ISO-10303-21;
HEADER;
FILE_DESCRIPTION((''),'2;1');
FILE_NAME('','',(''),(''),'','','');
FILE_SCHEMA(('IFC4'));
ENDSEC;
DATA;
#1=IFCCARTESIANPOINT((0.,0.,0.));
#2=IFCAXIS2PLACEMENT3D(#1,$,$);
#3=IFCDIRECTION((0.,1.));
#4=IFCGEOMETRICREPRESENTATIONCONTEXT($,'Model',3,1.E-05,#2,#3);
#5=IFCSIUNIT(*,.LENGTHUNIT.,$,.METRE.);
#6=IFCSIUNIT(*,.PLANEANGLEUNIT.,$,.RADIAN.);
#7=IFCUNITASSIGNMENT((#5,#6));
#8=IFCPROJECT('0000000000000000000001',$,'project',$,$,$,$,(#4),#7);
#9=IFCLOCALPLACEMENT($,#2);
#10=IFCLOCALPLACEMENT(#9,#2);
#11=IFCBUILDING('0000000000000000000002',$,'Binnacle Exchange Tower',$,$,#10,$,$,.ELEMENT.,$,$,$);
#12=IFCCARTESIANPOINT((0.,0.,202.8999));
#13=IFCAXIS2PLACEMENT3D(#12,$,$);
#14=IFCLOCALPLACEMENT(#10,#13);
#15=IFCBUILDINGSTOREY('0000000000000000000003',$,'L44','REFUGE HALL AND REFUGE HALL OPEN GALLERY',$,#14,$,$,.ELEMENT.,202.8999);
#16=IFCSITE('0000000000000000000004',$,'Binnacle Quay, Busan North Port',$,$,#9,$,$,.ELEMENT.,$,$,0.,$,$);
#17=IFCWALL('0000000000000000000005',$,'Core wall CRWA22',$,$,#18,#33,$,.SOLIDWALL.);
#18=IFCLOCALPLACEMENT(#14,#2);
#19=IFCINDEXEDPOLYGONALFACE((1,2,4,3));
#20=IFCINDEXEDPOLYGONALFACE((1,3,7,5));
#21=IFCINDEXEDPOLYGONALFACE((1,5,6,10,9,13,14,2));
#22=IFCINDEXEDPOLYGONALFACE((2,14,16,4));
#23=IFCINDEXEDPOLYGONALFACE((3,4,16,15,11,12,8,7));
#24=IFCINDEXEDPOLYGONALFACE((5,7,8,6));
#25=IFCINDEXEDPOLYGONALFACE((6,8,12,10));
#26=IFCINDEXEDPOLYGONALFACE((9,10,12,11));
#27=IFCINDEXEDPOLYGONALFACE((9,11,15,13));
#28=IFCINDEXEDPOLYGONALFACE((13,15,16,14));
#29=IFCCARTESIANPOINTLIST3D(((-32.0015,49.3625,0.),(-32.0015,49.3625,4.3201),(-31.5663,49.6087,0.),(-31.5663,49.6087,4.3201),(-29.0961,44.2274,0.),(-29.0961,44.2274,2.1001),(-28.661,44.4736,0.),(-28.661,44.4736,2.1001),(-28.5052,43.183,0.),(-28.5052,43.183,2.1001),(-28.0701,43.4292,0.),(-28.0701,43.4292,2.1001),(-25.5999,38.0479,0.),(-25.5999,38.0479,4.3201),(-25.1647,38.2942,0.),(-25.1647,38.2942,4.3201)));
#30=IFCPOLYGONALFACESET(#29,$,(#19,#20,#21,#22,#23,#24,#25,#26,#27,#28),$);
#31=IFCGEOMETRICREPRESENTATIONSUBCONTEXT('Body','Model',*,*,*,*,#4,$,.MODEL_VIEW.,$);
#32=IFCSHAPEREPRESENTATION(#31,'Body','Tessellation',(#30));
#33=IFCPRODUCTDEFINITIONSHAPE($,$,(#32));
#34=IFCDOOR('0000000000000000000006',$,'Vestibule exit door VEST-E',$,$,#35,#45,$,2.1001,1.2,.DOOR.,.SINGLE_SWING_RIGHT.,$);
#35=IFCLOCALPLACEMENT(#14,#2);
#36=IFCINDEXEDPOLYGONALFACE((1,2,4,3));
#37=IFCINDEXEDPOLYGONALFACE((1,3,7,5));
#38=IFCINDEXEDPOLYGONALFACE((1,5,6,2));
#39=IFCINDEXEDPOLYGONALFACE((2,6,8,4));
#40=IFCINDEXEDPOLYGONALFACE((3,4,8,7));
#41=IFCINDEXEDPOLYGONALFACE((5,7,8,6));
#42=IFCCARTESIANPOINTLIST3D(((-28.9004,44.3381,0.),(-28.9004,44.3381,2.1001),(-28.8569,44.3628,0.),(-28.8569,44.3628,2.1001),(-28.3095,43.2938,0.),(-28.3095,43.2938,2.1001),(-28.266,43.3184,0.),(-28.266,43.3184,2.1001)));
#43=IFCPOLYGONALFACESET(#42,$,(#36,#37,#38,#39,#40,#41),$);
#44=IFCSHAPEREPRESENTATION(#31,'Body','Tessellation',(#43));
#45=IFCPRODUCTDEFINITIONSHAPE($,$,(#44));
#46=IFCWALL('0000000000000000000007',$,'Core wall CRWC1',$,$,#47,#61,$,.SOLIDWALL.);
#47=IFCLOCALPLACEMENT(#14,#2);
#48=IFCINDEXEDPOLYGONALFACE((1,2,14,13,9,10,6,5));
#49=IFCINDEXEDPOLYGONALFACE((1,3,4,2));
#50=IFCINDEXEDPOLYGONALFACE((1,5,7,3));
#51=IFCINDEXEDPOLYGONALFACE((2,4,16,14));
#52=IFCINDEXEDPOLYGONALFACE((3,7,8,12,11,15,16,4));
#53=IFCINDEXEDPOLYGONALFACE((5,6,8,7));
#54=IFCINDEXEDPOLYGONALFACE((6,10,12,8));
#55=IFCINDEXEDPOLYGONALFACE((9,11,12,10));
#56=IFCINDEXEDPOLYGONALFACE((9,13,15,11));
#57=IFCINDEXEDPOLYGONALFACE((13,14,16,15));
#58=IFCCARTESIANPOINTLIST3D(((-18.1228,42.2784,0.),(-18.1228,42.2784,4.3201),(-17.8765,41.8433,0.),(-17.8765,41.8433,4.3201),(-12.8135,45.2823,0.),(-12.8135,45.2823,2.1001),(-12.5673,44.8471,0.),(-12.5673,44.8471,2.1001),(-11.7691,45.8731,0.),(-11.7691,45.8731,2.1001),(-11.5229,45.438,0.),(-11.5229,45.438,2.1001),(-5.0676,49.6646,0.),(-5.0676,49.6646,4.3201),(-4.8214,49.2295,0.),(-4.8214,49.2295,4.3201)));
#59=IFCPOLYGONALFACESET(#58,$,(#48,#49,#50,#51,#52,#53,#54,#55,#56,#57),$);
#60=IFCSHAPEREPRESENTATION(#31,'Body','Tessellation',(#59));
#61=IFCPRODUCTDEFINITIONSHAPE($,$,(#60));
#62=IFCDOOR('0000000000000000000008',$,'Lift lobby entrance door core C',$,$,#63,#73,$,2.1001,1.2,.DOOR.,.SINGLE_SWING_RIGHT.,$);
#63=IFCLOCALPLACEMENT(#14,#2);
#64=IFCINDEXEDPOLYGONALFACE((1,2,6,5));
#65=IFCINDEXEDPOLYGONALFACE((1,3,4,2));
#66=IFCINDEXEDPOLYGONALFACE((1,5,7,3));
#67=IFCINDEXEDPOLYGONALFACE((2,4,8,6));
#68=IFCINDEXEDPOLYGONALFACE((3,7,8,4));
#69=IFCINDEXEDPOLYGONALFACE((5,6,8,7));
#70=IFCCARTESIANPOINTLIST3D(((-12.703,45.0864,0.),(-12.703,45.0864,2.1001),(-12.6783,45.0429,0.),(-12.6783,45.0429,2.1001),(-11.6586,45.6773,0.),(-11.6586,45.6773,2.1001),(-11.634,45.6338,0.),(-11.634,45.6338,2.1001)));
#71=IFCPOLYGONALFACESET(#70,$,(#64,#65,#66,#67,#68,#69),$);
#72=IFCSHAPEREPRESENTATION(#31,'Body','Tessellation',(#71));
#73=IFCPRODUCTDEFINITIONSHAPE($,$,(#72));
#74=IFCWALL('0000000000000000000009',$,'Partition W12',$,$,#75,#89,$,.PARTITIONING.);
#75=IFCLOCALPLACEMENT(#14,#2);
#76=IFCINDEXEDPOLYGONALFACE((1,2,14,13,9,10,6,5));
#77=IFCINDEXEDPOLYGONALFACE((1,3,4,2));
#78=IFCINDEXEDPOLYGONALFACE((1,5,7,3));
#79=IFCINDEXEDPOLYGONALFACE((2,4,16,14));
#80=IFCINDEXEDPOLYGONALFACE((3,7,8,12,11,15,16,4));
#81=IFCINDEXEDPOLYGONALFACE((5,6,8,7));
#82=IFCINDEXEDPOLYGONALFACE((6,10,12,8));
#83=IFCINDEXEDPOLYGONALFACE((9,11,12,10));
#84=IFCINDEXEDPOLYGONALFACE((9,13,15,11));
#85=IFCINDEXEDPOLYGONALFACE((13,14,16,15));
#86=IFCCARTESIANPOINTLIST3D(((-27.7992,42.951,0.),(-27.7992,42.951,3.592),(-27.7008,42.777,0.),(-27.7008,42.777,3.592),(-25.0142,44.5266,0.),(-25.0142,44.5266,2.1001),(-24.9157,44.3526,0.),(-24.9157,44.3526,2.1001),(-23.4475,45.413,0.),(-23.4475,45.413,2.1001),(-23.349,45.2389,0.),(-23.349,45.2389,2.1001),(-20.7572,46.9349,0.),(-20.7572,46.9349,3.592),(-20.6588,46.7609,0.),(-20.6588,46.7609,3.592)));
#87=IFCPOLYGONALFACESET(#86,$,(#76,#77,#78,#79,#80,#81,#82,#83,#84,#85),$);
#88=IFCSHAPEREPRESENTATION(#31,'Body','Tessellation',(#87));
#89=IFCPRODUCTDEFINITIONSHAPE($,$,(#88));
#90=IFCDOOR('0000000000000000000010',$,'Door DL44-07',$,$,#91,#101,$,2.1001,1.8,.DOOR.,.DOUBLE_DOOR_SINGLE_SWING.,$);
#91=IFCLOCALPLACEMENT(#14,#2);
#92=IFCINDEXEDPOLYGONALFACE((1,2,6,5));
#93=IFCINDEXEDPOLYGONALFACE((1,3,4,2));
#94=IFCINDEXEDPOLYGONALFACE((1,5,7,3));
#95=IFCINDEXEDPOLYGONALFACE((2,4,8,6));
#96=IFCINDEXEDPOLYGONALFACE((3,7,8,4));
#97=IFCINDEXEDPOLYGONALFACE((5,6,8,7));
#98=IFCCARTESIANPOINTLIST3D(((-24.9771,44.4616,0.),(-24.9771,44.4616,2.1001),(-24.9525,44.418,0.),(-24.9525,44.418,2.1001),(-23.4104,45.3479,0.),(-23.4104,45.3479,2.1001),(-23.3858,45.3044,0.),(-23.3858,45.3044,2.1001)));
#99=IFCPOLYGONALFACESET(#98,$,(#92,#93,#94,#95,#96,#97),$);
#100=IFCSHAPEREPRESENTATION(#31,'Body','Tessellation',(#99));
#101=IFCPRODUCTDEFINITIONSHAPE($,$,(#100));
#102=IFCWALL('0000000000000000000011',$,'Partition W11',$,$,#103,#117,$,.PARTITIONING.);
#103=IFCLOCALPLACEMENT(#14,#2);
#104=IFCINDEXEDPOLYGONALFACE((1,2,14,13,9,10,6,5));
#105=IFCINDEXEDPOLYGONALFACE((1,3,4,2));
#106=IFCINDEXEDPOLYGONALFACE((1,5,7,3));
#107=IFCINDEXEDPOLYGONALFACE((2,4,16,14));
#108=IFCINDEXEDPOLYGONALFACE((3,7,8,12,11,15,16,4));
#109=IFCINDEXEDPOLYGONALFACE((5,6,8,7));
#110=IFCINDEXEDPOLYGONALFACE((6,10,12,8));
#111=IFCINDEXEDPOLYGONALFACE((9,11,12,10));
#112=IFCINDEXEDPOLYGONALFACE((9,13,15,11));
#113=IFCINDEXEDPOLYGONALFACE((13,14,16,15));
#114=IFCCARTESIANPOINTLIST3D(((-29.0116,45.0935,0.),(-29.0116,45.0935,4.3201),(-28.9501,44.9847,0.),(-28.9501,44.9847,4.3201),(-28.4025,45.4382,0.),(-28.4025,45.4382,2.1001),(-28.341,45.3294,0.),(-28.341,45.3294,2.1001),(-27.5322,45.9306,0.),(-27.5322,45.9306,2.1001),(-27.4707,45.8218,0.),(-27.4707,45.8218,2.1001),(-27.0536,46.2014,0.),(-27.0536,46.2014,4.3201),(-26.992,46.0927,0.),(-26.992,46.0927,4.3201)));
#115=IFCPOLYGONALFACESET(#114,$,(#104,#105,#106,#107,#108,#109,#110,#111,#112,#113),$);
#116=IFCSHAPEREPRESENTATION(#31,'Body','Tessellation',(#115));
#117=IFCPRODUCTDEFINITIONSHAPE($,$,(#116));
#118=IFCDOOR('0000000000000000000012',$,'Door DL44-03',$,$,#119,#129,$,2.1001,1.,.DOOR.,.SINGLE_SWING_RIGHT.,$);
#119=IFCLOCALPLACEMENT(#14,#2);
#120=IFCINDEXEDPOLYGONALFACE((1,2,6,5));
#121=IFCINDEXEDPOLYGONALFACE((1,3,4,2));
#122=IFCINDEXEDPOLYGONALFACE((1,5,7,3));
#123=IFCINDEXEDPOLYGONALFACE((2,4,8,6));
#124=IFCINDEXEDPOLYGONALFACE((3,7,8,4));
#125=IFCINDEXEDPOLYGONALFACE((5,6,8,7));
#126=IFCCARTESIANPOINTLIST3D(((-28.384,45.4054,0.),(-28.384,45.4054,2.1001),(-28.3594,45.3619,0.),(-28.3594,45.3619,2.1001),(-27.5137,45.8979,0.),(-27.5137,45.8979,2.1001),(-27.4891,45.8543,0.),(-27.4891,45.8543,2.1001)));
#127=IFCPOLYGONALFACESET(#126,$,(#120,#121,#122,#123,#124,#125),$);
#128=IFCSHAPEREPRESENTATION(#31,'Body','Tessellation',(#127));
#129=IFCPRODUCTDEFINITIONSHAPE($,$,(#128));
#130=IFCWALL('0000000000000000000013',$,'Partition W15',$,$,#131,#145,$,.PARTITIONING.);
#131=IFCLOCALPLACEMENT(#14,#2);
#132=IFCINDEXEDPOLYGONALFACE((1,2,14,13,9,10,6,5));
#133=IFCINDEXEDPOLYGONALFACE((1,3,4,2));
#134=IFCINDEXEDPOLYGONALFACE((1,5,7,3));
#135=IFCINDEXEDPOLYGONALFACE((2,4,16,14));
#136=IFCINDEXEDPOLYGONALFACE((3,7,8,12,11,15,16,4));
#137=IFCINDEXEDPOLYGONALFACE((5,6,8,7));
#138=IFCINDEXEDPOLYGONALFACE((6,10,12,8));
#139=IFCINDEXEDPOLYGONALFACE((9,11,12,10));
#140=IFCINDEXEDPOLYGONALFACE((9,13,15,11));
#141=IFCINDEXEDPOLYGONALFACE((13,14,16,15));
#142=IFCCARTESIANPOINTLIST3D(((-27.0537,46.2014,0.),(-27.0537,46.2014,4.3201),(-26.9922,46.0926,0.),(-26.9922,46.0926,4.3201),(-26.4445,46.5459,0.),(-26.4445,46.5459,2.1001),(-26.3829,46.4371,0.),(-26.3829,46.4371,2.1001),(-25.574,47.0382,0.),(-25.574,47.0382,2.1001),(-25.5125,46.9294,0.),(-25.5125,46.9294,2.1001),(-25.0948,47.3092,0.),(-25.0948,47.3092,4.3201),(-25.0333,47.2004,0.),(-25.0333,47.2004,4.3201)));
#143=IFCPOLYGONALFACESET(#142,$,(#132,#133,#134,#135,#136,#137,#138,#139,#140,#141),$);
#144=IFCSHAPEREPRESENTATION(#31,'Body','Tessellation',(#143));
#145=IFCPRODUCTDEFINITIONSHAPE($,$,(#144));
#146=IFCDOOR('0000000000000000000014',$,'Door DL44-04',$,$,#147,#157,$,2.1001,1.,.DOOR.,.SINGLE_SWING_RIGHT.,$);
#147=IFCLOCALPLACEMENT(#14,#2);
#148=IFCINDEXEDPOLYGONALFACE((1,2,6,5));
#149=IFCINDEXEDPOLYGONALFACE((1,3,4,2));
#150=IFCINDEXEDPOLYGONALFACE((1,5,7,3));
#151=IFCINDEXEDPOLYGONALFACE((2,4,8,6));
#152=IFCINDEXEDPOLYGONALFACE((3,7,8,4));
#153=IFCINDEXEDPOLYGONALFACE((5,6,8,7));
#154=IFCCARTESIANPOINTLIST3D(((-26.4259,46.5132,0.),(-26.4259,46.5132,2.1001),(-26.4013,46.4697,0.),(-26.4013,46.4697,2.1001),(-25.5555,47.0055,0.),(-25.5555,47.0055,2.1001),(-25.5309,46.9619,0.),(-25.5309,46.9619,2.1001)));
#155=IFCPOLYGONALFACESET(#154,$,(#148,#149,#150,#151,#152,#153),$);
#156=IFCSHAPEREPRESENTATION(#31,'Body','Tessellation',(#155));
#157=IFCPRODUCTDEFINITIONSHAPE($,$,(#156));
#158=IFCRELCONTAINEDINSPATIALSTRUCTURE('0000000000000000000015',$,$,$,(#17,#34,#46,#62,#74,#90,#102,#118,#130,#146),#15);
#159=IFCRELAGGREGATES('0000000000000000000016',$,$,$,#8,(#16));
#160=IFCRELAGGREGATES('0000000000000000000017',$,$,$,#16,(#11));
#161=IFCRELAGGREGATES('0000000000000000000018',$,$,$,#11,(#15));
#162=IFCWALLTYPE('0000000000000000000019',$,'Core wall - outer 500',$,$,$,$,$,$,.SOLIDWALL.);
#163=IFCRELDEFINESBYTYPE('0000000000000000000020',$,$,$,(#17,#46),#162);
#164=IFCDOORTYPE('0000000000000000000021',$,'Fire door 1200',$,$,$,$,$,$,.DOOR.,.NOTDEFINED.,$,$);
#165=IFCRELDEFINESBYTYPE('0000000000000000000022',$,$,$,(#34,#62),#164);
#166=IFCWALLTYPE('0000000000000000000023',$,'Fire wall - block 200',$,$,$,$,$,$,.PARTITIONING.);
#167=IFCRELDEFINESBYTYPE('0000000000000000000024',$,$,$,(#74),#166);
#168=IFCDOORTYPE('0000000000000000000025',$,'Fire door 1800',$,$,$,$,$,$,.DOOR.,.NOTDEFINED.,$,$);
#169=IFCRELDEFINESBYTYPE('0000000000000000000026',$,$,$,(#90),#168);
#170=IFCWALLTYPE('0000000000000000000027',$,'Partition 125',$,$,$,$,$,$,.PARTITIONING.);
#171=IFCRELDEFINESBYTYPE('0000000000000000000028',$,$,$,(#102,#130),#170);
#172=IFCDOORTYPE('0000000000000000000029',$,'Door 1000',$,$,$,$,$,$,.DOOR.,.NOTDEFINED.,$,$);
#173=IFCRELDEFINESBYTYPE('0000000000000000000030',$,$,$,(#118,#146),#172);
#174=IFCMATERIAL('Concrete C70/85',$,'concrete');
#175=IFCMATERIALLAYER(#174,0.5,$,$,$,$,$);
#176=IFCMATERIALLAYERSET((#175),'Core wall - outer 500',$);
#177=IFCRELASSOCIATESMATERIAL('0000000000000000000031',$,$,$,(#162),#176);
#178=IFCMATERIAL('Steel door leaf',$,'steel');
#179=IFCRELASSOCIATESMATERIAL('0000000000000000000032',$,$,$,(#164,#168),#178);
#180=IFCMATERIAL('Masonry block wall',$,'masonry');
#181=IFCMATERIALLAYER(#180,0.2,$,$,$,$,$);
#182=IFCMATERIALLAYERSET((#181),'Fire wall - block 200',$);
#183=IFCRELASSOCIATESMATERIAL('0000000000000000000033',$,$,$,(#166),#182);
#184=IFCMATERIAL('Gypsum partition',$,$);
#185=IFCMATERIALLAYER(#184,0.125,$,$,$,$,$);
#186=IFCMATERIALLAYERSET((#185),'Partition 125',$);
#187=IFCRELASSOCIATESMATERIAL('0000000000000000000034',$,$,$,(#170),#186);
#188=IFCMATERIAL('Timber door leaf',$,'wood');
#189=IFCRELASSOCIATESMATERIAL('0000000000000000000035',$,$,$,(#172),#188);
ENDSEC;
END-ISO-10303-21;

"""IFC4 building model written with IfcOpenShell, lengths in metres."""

from ifc_helpers import new_model, si_unit, direction, frame, frame_2d, origin, place, context, subcontext, project, spatial, rectangle, extrude, material, layer, layer_set, type_object, element, fill, save


model = new_model("IFC4")

# Units and contexts
model_context = context("Model", 3, precision=1e-05, world=origin(), true_north=direction((0.0, 1.0)))
body_context = subcontext(model_context, "Body", "Model", "MODEL_VIEW")
ifc_project = project(units=[si_unit("LENGTHUNIT", "METRE"), si_unit("PLANEANGLEUNIT", "RADIAN")], contexts=[model_context])

# Site, building, storey
site_placement = place(None, origin())
site = spatial("IfcSite", under=ifc_project, at=site_placement, Name="Binnacle Quay, Busan North Port", CompositionType="ELEMENT", RefElevation=0.0)
building_placement = place(site_placement, origin())
building = spatial("IfcBuilding", under=site, at=building_placement, Name="Binnacle Exchange Tower", CompositionType="ELEMENT")
storey_placement = place(building_placement, frame((0.0, 0.0, 202.8999)))
storey = spatial("IfcBuildingStorey", under=building, at=storey_placement, Name="L44", Description="REFUGE HALL AND REFUGE HALL OPEN GALLERY", CompositionType="ELEMENT", Elevation=202.8999)

# Shared definitions
ifc_material_1 = material(Name="Concrete C70/85", Category="concrete")
ifc_material_2 = material(Name="Steel door leaf", Category="steel")

# Walls, openings, doors
ifc_layer_1 = layer(ifc_material_1, 0.5)
ifc_layer_set_1 = layer_set([ifc_layer_1], Name="Core wall - outer 500")
wall_type_1 = type_object("IfcWallType", Name="Core wall - outer 500", PredefinedType="SOLIDWALL", material=ifc_layer_set_1)
wall_1_placement = place(storey_placement, frame((-31.7839, 49.4856, 0.0), z_axis=(0.0, 0.0, 1.0), x_axis=(0.492435, -0.870349, 0.0)))
wall_1 = element("IfcWall", 1, at=wall_1_placement, inside=storey, type_object=wall_type_1, Name="Core wall CRWA22", PredefinedType="SOLIDWALL", context=body_context, shape_type="SweptSolid", body=[
    extrude(rectangle(XDim=13.0, YDim=0.5, at=frame_2d((6.5, 0.0))), origin(), (0.0, 0.0, 1.0), 4.3201),
])
opening_1_placement = place(wall_1_placement, frame((5.8999, 0.0, 0.0)))
opening_1 = element("IfcOpeningElement", 2, at=opening_1_placement, cuts=wall_1, PredefinedType="OPENING", context=body_context, shape_type="SweptSolid", body=[
    extrude(rectangle(XDim=1.2, YDim=2.1001, at=frame_2d((0.6001, 1.05))), frame((0.0, 0.26, 0.0), z_axis=(0.0, -1.0, 0.0), x_axis=(1.0, 0.0, 0.0)), (0.0, 0.0, 1.0), 0.52),
])
door_type_1 = type_object("IfcDoorType", Name="Fire door 1200", OperationType="NOTDEFINED", PredefinedType="DOOR", material=ifc_material_2)
door_1_placement = place(opening_1_placement, origin())
door_1 = element("IfcDoor", 3, at=door_1_placement, inside=storey, type_object=door_type_1, Name="Vestibule exit door VEST-E", OperationType="SINGLE_SWING_RIGHT", OverallHeight=2.1001, OverallWidth=1.2, PredefinedType="DOOR", context=body_context, shape_type="SweptSolid", body=[
    extrude(rectangle(XDim=1.2, YDim=2.1001, at=frame_2d((0.6001, 1.05))), frame((0.0, 0.0249, 0.0), z_axis=(0.0, -1.0, 0.0), x_axis=(1.0, 0.0, 0.0)), (0.0, 0.0, 1.0), 0.05),
])
fill(opening_1, door_1)
wall_2_placement = place(storey_placement, frame((-17.9998, 42.0608, 0.0), z_axis=(0.0, 0.0, 1.0), x_axis=(0.870357, 0.492422, 0.0)))
wall_2 = element("IfcWall", 4, at=wall_2_placement, inside=storey, type_object=wall_type_1, Name="Core wall CRWC1", PredefinedType="SOLIDWALL", context=body_context, shape_type="SweptSolid", body=[
    extrude(rectangle(XDim=14.9998, YDim=0.5, at=frame_2d((7.5, 0.0))), origin(), (0.0, 0.0, 1.0), 4.3201),
])
opening_2_placement = place(wall_2_placement, frame((6.1001, 0.0, 0.0)))
opening_2 = element("IfcOpeningElement", 5, at=opening_2_placement, cuts=wall_2, PredefinedType="OPENING", context=body_context, shape_type="SweptSolid", body=[
    extrude(rectangle(XDim=1.2, YDim=2.1001, at=frame_2d((0.6001, 1.05))), frame((0.0, 0.26, 0.0), z_axis=(0.0, -1.0, 0.0), x_axis=(1.0, 0.0, 0.0)), (0.0, 0.0, 1.0), 0.52),
])
door_2_placement = place(opening_2_placement, frame((1.2, 0.0, 0.0), z_axis=(0.0, 0.0, 1.0), x_axis=(-1.0, 0.0, 0.0)))
door_2 = element("IfcDoor", 6, at=door_2_placement, inside=storey, type_object=door_type_1, Name="Lift lobby entrance door core C", OperationType="SINGLE_SWING_RIGHT", OverallHeight=2.1001, OverallWidth=1.2, PredefinedType="DOOR", context=body_context, shape_type="SweptSolid", body=[
    extrude(rectangle(XDim=1.2, YDim=2.1001, at=frame_2d((0.6001, 1.05))), frame((0.0, 0.0249, 0.0), z_axis=(0.0, -1.0, 0.0), x_axis=(1.0, 0.0, 0.0)), (0.0, 0.0, 1.0), 0.05),
])
fill(opening_2, door_2)
ifc_material_3 = material(Name="Masonry block wall", Category="masonry")
ifc_layer_2 = layer(ifc_material_3, 0.2)
ifc_layer_set_2 = layer_set([ifc_layer_2], Name="Fire wall - block 200")
wall_type_2 = type_object("IfcWallType", Name="Fire wall - block 200", PredefinedType="PARTITIONING", material=ifc_layer_set_2)
wall_3_placement = place(storey_placement, frame((-27.75, 42.864, 0.0), z_axis=(0.0, 0.0, 1.0), x_axis=(0.870371, 0.492397, 0.0)))
wall_3 = element("IfcWall", 7, at=wall_3_placement, inside=storey, type_object=wall_type_2, Name="Partition W12", PredefinedType="PARTITIONING", context=body_context, shape_type="SweptSolid", body=[
    extrude(rectangle(XDim=8.0908, YDim=0.2, at=frame_2d((4.0454, 0.0))), origin(), (0.0, 0.0, 1.0), 3.592),
])
opening_3_placement = place(wall_3_placement, frame((3.2, 0.0, 0.0)))
opening_3 = element("IfcOpeningElement", 8, at=opening_3_placement, cuts=wall_3, PredefinedType="OPENING", context=body_context, shape_type="SweptSolid", body=[
    extrude(rectangle(XDim=1.8, YDim=2.1001, at=frame_2d((0.8999, 1.05))), frame((0.0, 0.1099, 0.0), z_axis=(0.0, -1.0, 0.0), x_axis=(1.0, 0.0, 0.0)), (0.0, 0.0, 1.0), 0.22),
])
door_type_2 = type_object("IfcDoorType", Name="Fire door 1800", OperationType="NOTDEFINED", PredefinedType="DOOR", material=ifc_material_2)
door_3_placement = place(opening_3_placement, frame((1.8, 0.0, 0.0), z_axis=(0.0, 0.0, 1.0), x_axis=(-1.0, 0.0, 0.0)))
door_3 = element("IfcDoor", 9, at=door_3_placement, inside=storey, type_object=door_type_2, Name="Door DL44-07", OperationType="DOUBLE_DOOR_SINGLE_SWING", OverallHeight=2.1001, OverallWidth=1.8, PredefinedType="DOOR", context=body_context, shape_type="SweptSolid", body=[
    extrude(rectangle(XDim=1.8, YDim=2.1001, at=frame_2d((0.8999, 1.05))), frame((0.0, 0.0249, 0.0), z_axis=(0.0, -1.0, 0.0), x_axis=(1.0, 0.0, 0.0)), (0.0, 0.0, 1.0), 0.05),
])
fill(opening_3, door_3)
ifc_material_4 = material(Name="Gypsum partition")
ifc_layer_3 = layer(ifc_material_4, 0.125)
ifc_layer_set_3 = layer_set([ifc_layer_3], Name="Partition 125")
wall_type_3 = type_object("IfcWallType", Name="Partition 125", PredefinedType="PARTITIONING", material=ifc_layer_set_3)
wall_4_placement = place(storey_placement, frame((-28.981, 45.0391, 0.0), z_axis=(0.0, 0.0, 1.0), x_axis=(0.870332, 0.492465, 0.0)))
wall_4 = element("IfcWall", 10, at=wall_4_placement, inside=storey, type_object=wall_type_3, Name="Partition W11", PredefinedType="PARTITIONING", context=body_context, shape_type="SweptSolid", body=[
    extrude(rectangle(XDim=2.2498, YDim=0.125, at=frame_2d((1.125, 0.0))), origin(), (0.0, 0.0, 1.0), 4.3201),
])
opening_4_placement = place(wall_4_placement, frame((0.7, 0.0, 0.0)))
opening_4 = element("IfcOpeningElement", 11, at=opening_4_placement, cuts=wall_4, PredefinedType="OPENING", context=body_context, shape_type="SweptSolid", body=[
    extrude(rectangle(XDim=1.0, YDim=2.1001, at=frame_2d((0.5, 1.05))), frame((0.0, 0.0725, 0.0), z_axis=(0.0, -1.0, 0.0), x_axis=(1.0, 0.0, 0.0)), (0.0, 0.0, 1.0), 0.145),
])
ifc_material_5 = material(Name="Timber door leaf", Category="wood")
door_type_3 = type_object("IfcDoorType", Name="Door 1000", OperationType="NOTDEFINED", PredefinedType="DOOR", material=ifc_material_5)
door_4_placement = place(opening_4_placement, origin())
door_4 = element("IfcDoor", 12, at=door_4_placement, inside=storey, type_object=door_type_3, Name="Door DL44-03", OperationType="SINGLE_SWING_RIGHT", OverallHeight=2.1001, OverallWidth=1.0, PredefinedType="DOOR", context=body_context, shape_type="SweptSolid", body=[
    extrude(rectangle(XDim=1.0, YDim=2.1001, at=frame_2d((0.5, 1.05))), frame((0.0, 0.0249, 0.0), z_axis=(0.0, -1.0, 0.0), x_axis=(1.0, 0.0, 0.0)), (0.0, 0.0, 1.0), 0.05),
])
fill(opening_4, door_4)
wall_5_placement = place(storey_placement, frame((-27.0229, 46.147, 0.0), z_axis=(0.0, 0.0, 1.0), x_axis=(0.870438, 0.492279, 0.0)))
wall_5 = element("IfcWall", 13, at=wall_5_placement, inside=storey, type_object=wall_type_3, Name="Partition W15", PredefinedType="PARTITIONING", context=body_context, shape_type="SweptSolid", body=[
    extrude(rectangle(XDim=2.2505, YDim=0.125, at=frame_2d((1.1252, 0.0))), origin(), (0.0, 0.0, 1.0), 4.3201),
])
opening_5_placement = place(wall_5_placement, frame((0.7, 0.0, 0.0)))
opening_5 = element("IfcOpeningElement", 14, at=opening_5_placement, cuts=wall_5, PredefinedType="OPENING", context=body_context, shape_type="SweptSolid", body=[
    extrude(rectangle(XDim=1.0, YDim=2.1001, at=frame_2d((0.5, 1.05))), frame((0.0, 0.0725, 0.0), z_axis=(0.0, -1.0, 0.0), x_axis=(1.0, 0.0, 0.0)), (0.0, 0.0, 1.0), 0.145),
])
door_5_placement = place(opening_5_placement, origin())
door_5 = element("IfcDoor", 15, at=door_5_placement, inside=storey, type_object=door_type_3, Name="Door DL44-04", OperationType="SINGLE_SWING_RIGHT", OverallHeight=2.1001, OverallWidth=1.0, PredefinedType="DOOR", context=body_context, shape_type="SweptSolid", body=[
    extrude(rectangle(XDim=1.0, YDim=2.1001, at=frame_2d((0.5, 1.05))), frame((0.0, 0.0249, 0.0), z_axis=(0.0, -1.0, 0.0), x_axis=(1.0, 0.0, 0.0)), (0.0, 0.0, 1.0), 0.05),
])
fill(opening_5, door_5)

save(model, "model.ifc")
